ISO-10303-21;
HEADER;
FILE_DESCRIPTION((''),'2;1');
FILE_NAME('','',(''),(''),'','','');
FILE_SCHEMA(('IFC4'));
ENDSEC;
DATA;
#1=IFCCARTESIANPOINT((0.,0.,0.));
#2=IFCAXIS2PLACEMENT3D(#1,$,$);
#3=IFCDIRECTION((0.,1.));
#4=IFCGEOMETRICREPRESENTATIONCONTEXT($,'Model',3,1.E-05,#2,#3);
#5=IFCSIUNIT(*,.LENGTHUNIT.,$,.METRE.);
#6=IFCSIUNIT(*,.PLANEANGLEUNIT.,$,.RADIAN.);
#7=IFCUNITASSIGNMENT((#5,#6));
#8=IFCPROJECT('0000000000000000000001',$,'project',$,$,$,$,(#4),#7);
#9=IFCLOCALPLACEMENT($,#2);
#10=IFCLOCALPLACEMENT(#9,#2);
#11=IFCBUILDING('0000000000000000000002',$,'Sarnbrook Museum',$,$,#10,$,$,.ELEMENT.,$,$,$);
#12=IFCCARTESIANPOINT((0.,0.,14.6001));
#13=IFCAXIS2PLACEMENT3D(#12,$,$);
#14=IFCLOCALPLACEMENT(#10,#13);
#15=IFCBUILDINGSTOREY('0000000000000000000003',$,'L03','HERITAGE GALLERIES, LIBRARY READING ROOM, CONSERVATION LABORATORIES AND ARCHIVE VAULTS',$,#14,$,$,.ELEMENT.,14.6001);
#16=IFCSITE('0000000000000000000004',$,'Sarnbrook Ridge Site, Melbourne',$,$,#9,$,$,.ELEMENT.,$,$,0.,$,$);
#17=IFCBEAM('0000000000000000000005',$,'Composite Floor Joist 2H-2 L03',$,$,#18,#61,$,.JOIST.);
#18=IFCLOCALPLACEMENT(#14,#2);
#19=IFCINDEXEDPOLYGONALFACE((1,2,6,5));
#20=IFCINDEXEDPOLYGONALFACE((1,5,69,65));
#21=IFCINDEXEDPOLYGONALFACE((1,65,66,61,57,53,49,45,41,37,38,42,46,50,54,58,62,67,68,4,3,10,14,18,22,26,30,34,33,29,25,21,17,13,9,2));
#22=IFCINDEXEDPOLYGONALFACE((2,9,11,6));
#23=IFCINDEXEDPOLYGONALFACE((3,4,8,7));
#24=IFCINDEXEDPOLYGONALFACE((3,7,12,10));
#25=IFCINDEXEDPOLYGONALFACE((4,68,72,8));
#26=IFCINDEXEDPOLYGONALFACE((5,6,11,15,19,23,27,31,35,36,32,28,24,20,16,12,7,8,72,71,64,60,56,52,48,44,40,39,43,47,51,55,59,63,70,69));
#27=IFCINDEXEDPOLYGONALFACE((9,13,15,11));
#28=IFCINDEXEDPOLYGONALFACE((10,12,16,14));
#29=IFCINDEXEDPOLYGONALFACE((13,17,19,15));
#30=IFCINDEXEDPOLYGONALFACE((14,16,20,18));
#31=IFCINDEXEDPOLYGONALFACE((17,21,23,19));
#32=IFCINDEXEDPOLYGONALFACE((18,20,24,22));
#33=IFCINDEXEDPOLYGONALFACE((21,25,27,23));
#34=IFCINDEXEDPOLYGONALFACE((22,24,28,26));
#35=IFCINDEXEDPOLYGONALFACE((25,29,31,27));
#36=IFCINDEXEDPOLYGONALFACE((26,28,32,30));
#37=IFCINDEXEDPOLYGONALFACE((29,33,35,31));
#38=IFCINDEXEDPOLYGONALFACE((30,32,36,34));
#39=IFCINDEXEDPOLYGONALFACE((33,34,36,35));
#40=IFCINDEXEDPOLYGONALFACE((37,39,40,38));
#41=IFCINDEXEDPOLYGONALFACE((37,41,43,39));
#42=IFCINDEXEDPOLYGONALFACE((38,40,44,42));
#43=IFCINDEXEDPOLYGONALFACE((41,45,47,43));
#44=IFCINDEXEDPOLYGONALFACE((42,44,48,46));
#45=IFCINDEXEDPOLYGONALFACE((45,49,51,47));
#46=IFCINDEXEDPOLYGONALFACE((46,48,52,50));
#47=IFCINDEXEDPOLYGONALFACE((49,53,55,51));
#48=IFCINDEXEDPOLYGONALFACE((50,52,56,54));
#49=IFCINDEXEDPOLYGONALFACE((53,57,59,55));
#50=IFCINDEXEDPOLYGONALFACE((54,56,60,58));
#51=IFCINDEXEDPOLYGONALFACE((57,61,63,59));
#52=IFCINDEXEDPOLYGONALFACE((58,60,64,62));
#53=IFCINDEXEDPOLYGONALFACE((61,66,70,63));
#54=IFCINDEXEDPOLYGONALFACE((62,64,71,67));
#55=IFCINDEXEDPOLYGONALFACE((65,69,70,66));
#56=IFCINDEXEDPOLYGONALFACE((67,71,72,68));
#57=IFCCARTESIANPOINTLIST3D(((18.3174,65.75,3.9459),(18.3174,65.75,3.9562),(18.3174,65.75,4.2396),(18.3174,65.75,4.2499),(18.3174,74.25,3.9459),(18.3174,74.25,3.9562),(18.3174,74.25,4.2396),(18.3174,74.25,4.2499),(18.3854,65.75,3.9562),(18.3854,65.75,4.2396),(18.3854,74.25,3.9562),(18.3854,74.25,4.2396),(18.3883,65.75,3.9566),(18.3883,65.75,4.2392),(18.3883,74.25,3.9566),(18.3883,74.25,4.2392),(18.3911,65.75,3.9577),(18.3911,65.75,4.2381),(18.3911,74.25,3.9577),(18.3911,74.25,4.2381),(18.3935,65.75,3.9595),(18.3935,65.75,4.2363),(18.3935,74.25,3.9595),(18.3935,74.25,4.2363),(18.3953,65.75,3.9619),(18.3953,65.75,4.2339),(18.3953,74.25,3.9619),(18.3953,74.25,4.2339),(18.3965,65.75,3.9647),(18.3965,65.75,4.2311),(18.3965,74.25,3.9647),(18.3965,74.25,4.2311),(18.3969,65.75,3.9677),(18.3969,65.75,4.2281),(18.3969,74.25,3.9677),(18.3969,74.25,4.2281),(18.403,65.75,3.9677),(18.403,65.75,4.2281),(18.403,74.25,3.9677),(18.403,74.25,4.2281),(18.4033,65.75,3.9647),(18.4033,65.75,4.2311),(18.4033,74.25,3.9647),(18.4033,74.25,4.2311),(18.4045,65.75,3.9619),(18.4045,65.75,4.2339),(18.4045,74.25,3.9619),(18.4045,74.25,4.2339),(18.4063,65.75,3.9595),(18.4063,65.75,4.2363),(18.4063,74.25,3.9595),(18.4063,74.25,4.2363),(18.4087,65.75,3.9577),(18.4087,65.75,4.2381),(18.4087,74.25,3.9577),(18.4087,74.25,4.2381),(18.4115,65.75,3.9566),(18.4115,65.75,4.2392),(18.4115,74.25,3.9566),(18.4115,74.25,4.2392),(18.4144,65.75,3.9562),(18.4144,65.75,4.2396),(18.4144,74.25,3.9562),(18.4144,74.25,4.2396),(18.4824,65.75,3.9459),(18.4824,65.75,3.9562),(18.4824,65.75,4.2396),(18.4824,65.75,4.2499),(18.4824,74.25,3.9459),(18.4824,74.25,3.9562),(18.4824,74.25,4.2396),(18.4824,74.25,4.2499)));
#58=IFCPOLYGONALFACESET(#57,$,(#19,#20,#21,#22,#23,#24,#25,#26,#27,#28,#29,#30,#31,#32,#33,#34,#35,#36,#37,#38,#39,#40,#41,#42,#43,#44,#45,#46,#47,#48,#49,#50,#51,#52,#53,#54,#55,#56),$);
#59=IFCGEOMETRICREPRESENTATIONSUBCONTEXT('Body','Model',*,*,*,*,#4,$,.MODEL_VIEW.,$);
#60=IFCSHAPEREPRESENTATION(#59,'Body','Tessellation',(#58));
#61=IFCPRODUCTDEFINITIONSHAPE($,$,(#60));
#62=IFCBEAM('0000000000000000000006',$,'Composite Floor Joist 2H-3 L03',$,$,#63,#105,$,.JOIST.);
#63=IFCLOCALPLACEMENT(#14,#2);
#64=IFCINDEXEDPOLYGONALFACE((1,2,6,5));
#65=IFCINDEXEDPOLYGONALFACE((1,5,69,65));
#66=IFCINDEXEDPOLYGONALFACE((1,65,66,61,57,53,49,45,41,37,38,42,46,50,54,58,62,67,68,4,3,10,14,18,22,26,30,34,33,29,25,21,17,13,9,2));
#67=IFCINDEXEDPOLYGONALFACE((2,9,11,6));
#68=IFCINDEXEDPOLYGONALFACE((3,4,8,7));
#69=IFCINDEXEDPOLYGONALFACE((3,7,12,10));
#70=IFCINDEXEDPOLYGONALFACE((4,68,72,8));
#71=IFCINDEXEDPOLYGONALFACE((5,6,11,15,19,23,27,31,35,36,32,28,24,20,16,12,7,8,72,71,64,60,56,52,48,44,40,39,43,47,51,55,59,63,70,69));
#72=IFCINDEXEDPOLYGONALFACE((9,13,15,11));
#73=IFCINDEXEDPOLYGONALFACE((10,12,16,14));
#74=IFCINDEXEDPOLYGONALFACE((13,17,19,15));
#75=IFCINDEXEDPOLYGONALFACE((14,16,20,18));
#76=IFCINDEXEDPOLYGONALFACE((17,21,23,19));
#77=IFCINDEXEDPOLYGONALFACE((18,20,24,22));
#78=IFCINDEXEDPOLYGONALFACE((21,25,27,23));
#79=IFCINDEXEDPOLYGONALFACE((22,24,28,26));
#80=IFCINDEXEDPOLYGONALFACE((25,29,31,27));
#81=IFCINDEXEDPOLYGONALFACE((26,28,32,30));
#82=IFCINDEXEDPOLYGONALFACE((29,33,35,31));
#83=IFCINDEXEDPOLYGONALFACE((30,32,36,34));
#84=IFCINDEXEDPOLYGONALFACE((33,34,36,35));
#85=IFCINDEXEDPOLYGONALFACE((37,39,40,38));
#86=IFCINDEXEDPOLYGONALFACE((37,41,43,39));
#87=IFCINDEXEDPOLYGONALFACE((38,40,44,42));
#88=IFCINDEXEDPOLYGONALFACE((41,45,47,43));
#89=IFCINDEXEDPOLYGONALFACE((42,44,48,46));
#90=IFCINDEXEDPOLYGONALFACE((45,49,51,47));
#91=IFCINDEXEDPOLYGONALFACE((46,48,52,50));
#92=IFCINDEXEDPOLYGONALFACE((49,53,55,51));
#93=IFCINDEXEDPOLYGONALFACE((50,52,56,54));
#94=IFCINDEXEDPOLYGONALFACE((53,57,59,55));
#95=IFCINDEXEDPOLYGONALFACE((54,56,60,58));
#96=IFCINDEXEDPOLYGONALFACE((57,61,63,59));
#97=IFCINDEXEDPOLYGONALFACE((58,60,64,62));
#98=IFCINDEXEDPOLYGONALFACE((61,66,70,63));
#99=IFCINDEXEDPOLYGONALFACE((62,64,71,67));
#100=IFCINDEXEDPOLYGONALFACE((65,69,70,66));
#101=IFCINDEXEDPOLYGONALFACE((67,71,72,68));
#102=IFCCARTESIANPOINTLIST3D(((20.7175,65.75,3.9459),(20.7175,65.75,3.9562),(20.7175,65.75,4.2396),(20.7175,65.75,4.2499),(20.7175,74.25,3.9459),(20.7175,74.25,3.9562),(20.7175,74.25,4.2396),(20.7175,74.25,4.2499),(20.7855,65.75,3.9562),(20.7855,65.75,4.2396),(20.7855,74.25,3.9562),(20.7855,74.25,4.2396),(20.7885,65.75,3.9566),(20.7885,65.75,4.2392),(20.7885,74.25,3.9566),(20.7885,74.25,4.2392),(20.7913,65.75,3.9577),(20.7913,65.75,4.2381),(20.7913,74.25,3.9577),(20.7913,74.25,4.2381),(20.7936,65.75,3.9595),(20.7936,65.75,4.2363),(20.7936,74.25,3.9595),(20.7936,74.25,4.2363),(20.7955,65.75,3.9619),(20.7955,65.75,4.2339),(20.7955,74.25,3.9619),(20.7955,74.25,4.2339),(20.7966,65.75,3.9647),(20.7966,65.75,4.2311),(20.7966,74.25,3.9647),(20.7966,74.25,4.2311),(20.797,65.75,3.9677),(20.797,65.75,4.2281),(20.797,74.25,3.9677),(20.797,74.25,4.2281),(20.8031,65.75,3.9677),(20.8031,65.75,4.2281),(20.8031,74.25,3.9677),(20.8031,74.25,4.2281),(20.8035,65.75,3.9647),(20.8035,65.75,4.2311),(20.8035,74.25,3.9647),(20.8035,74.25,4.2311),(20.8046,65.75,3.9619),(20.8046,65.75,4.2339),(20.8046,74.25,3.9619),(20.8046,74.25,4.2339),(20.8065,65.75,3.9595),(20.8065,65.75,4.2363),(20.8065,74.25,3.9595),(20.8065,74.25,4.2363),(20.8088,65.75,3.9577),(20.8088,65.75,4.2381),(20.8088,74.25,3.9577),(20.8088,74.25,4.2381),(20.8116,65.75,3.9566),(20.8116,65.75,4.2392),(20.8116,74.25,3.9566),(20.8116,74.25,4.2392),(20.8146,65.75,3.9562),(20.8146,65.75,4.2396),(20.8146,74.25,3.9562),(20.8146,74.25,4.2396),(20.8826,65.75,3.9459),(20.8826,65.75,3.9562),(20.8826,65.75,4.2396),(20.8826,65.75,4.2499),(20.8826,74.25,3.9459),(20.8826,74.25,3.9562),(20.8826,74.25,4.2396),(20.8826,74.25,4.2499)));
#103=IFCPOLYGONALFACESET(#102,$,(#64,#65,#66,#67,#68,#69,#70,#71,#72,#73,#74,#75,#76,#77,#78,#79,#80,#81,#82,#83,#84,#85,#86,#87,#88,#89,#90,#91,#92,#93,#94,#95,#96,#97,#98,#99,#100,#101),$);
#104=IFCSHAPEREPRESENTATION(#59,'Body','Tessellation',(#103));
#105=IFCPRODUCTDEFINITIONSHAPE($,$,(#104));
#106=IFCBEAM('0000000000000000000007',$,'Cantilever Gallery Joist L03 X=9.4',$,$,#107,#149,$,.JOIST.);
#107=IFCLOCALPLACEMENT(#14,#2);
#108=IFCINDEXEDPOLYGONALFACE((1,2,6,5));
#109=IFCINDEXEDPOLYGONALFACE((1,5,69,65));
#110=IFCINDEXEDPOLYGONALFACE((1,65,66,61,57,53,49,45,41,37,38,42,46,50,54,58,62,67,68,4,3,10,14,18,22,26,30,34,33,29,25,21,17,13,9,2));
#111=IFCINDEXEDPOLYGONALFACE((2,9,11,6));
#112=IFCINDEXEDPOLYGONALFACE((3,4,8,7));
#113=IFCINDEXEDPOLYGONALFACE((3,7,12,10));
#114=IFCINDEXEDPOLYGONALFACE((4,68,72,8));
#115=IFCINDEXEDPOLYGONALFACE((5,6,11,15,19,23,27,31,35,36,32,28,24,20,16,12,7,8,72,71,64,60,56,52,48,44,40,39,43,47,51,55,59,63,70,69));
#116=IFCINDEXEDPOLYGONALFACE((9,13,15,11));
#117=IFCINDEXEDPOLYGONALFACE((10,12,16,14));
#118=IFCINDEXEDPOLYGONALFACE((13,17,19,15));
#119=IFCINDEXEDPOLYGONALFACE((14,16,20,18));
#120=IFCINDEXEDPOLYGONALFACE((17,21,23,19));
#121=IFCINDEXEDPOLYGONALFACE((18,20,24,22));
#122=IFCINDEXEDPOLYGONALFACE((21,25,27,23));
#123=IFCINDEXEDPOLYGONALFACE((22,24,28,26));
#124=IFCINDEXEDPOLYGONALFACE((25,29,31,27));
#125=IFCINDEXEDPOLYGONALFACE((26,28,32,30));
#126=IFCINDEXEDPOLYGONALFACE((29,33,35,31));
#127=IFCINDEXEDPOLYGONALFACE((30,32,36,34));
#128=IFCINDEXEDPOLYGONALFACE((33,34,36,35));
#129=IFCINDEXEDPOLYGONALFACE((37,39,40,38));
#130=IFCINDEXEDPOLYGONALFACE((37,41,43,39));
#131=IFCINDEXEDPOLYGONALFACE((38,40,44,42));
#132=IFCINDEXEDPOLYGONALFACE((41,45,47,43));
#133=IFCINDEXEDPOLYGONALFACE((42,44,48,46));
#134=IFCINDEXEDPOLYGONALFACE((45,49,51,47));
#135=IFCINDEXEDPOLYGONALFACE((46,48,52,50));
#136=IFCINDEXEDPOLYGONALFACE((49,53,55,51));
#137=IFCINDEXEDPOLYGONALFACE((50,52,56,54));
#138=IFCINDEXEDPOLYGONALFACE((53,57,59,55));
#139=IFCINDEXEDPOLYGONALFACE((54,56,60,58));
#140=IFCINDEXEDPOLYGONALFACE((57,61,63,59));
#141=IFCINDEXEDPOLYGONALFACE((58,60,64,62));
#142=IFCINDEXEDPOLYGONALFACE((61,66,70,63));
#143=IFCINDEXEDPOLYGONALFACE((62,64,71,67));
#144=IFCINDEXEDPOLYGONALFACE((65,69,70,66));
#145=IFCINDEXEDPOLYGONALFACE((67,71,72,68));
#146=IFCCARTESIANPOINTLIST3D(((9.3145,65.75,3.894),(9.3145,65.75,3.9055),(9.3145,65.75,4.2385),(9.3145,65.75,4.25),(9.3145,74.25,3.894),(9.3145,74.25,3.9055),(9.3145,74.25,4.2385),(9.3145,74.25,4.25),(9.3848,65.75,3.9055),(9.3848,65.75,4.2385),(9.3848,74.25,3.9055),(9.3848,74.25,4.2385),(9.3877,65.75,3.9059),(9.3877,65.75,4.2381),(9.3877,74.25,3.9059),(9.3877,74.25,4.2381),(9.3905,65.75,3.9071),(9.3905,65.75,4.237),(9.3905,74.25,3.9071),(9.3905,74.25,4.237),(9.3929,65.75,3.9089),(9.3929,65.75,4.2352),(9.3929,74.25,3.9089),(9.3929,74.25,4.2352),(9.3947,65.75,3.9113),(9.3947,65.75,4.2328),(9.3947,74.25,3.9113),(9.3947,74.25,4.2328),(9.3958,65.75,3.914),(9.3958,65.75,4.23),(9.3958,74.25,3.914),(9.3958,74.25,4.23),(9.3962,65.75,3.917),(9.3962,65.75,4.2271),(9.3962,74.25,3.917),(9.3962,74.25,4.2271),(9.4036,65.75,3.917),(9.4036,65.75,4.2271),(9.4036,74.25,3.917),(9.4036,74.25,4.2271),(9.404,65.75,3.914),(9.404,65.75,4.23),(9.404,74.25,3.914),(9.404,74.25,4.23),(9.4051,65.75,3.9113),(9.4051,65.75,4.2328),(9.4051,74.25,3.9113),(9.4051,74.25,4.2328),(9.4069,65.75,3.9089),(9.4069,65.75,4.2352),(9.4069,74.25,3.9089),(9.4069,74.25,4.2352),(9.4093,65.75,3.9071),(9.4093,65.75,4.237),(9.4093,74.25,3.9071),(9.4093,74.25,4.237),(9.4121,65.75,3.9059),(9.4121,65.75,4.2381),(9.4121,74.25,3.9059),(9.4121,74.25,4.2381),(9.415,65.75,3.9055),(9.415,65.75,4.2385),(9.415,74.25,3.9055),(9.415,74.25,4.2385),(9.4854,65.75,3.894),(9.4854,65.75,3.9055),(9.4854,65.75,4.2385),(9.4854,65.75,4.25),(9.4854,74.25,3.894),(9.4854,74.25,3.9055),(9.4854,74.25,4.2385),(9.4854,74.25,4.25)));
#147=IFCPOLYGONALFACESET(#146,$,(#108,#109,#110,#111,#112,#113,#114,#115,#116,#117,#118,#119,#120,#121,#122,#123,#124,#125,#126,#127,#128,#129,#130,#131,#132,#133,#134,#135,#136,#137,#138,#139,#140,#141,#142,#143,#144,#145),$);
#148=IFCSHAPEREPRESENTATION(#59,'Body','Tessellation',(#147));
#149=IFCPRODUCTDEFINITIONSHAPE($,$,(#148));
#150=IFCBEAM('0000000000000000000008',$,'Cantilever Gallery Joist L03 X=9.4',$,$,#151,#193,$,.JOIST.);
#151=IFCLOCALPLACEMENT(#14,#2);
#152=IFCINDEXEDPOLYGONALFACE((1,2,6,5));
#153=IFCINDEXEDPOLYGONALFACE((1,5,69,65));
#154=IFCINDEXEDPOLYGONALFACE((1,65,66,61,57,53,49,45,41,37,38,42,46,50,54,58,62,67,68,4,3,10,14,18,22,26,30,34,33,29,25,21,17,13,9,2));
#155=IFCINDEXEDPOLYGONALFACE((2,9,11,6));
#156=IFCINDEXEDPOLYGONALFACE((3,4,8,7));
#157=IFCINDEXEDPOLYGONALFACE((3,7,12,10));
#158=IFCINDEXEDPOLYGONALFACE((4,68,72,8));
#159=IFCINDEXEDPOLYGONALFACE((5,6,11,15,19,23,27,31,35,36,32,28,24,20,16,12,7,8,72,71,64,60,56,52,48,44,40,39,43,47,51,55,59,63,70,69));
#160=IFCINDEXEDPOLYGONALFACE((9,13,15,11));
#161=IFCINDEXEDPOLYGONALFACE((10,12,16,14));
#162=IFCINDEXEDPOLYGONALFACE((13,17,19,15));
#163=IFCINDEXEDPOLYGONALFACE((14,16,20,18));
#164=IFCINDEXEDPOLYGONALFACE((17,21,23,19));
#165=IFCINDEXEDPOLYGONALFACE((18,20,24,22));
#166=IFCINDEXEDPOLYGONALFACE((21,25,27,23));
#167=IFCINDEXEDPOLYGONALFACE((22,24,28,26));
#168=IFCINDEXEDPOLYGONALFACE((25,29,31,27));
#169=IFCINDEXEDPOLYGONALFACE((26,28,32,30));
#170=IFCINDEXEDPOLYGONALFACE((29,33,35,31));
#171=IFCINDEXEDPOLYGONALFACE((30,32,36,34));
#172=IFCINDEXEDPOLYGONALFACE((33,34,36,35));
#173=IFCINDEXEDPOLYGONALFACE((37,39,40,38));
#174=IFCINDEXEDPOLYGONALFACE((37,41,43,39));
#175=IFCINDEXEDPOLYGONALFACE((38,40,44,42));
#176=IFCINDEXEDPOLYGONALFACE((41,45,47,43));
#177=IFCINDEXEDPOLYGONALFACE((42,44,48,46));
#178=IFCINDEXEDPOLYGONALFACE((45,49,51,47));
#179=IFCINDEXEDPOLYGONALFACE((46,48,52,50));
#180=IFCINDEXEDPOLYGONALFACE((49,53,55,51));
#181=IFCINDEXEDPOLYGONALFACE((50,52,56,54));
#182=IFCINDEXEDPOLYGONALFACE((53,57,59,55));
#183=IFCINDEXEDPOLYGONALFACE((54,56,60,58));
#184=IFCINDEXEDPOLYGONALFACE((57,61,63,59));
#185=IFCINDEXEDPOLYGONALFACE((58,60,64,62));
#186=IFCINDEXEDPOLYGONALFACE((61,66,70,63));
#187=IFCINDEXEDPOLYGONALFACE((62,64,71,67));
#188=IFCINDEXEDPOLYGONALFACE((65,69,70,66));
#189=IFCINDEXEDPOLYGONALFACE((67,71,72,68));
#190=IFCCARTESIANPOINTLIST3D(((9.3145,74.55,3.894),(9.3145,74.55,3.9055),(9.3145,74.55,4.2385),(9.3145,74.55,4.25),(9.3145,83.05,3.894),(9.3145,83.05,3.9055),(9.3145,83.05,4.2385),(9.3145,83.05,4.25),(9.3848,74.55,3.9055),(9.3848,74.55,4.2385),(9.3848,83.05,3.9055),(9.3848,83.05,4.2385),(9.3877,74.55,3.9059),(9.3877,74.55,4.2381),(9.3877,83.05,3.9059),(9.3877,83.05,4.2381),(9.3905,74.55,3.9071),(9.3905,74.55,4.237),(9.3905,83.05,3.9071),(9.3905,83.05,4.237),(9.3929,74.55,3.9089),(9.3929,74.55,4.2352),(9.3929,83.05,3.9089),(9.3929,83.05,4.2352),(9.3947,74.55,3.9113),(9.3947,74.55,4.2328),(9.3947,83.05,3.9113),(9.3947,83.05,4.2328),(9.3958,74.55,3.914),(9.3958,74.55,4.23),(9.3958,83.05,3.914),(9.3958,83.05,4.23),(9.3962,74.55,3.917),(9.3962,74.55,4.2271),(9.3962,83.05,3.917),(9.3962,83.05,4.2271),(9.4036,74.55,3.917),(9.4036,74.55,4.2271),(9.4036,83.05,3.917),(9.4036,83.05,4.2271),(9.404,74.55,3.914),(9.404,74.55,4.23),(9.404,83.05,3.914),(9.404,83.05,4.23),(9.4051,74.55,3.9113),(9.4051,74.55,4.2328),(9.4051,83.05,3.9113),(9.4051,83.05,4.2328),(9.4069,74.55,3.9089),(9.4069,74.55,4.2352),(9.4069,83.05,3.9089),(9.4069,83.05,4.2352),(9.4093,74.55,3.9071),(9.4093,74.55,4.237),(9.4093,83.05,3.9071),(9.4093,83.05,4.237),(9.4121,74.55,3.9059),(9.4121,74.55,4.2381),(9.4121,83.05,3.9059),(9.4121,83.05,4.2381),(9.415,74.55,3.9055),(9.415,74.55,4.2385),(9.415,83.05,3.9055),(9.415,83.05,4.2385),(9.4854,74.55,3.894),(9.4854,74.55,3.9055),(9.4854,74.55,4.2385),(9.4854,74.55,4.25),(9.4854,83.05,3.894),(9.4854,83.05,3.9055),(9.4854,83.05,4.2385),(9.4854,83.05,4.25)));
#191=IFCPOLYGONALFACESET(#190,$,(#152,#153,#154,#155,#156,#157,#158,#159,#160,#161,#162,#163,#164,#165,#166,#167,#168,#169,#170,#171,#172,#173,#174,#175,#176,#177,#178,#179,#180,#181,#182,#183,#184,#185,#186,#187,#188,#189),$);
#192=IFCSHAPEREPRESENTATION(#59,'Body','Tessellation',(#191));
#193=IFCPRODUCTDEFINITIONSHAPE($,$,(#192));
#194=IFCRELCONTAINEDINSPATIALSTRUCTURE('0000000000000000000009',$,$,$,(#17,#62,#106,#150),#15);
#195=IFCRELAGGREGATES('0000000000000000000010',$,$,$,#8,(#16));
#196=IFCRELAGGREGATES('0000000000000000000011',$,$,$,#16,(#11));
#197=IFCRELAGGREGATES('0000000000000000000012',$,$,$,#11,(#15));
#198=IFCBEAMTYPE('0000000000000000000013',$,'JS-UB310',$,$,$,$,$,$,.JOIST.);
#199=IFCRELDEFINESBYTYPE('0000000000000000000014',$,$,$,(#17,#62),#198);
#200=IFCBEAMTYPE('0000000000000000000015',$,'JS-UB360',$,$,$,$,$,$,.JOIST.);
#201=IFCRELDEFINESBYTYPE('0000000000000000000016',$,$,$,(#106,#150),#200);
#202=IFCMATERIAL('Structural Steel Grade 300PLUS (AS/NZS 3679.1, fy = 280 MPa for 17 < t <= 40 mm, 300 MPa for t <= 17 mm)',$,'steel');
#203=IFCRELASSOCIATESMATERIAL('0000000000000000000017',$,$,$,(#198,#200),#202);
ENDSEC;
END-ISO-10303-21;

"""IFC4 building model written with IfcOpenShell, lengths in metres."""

from ifc_helpers import new_model, si_unit, direction, frame, origin, origin_2d, place, context, subcontext, project, spatial, i_section, extrude, material, material_profile, profile_set, type_object, element, save


model = new_model("IFC4")

# Units and contexts
model_context = context("Model", 3, precision=1e-05, world=origin(), true_north=direction((0.0, 1.0)))
body_context = subcontext(model_context, "Body", "Model", "MODEL_VIEW")
ifc_project = project(units=[si_unit("LENGTHUNIT", "METRE"), si_unit("PLANEANGLEUNIT", "RADIAN")], contexts=[model_context])

# Site, building, storey
site_placement = place(None, origin())
site = spatial("IfcSite", under=ifc_project, at=site_placement, Name="Sarnbrook Ridge Site, Melbourne", CompositionType="ELEMENT", RefElevation=0.0)
building_placement = place(site_placement, origin())
building = spatial("IfcBuilding", under=site, at=building_placement, Name="Sarnbrook Museum", CompositionType="ELEMENT")
storey_placement = place(building_placement, frame((0.0, 0.0, 14.6001)))
storey = spatial("IfcBuildingStorey", under=building, at=storey_placement, Name="L03", Description="HERITAGE GALLERIES, LIBRARY READING ROOM, CONSERVATION LABORATORIES AND ARCHIVE VAULTS", CompositionType="ELEMENT", Elevation=14.6001)

# Shared definitions
ifc_material_1 = material(Name="Structural Steel Grade 300PLUS (AS/NZS 3679.1, fy = 280 MPa for 17 < t <= 40 mm, 300 MPa for t <= 17 mm)", Category="steel")

# Beams
ifc_material_profile_1 = material_profile(ifc_material_1, i_section(OverallWidth=0.165, OverallDepth=0.304, WebThickness=0.0061, FlangeThickness=0.0103, FilletRadius=0.0115, at=origin_2d()), Name="310UB40.4")
ifc_profile_set_1 = profile_set([ifc_material_profile_1], Name="Structural Steel Grade 300PLUS (AS/NZS 3679.1, fy = 280 MPa for 17 < t <= 40 mm, 300 MPa for t <= 17 mm)")
beam_type_1 = type_object("IfcBeamType", Name="JS-UB310", PredefinedType="JOIST", material=ifc_profile_set_1)
for number, where, z_axis, x_axis, name in (
    (1, (18.3999, 65.75, 4.0979), (0.0, 1.0, 0.0), (-1.0, 0.0, 0.0), "Composite Floor Joist 2H-2 L03"),
    (2, (20.8, 65.75, 4.0979), (0.0, 1.0, 0.0), (-1.0, 0.0, 0.0), "Composite Floor Joist 2H-3 L03"),
):
    element("IfcBeam", number, at=place(storey_placement, frame(where, z_axis=z_axis, x_axis=x_axis)), inside=storey, type_object=beam_type_1, Name=name, PredefinedType="JOIST", context=body_context, shape_type="SweptSolid", body=[
        extrude(i_section(OverallWidth=0.165, OverallDepth=0.304, WebThickness=0.0061, FlangeThickness=0.0103, FilletRadius=0.0115, at=origin_2d()), origin(), (0.0, 0.0, 1.0), 8.5),
    ])
ifc_material_profile_2 = material_profile(ifc_material_1, i_section(OverallWidth=0.1709, OverallDepth=0.356, WebThickness=0.0073, FlangeThickness=0.0115, FilletRadius=0.0115, at=origin_2d()), Name="360UB50.7")
ifc_profile_set_2 = profile_set([ifc_material_profile_2], Name="Structural Steel Grade 300PLUS (AS/NZS 3679.1, fy = 280 MPa for 17 < t <= 40 mm, 300 MPa for t <= 17 mm)")
beam_type_2 = type_object("IfcBeamType", Name="JS-UB360", PredefinedType="JOIST", material=ifc_profile_set_2)
for number, where, z_axis, x_axis, name in (
    (3, (9.3999, 65.75, 4.072), (0.0, 1.0, 0.0), (-1.0, 0.0, 0.0), "Cantilever Gallery Joist L03 X=9.4"),
    (4, (9.3999, 74.55, 4.072), (0.0, 1.0, 0.0), (-1.0, 0.0, 0.0), "Cantilever Gallery Joist L03 X=9.4"),
):
    element("IfcBeam", number, at=place(storey_placement, frame(where, z_axis=z_axis, x_axis=x_axis)), inside=storey, type_object=beam_type_2, Name=name, PredefinedType="JOIST", context=body_context, shape_type="SweptSolid", body=[
        extrude(i_section(OverallWidth=0.1709, OverallDepth=0.356, WebThickness=0.0073, FlangeThickness=0.0115, FilletRadius=0.0115, at=origin_2d()), origin(), (0.0, 0.0, 1.0), 8.5),
    ])

save(model, "model.ifc")
